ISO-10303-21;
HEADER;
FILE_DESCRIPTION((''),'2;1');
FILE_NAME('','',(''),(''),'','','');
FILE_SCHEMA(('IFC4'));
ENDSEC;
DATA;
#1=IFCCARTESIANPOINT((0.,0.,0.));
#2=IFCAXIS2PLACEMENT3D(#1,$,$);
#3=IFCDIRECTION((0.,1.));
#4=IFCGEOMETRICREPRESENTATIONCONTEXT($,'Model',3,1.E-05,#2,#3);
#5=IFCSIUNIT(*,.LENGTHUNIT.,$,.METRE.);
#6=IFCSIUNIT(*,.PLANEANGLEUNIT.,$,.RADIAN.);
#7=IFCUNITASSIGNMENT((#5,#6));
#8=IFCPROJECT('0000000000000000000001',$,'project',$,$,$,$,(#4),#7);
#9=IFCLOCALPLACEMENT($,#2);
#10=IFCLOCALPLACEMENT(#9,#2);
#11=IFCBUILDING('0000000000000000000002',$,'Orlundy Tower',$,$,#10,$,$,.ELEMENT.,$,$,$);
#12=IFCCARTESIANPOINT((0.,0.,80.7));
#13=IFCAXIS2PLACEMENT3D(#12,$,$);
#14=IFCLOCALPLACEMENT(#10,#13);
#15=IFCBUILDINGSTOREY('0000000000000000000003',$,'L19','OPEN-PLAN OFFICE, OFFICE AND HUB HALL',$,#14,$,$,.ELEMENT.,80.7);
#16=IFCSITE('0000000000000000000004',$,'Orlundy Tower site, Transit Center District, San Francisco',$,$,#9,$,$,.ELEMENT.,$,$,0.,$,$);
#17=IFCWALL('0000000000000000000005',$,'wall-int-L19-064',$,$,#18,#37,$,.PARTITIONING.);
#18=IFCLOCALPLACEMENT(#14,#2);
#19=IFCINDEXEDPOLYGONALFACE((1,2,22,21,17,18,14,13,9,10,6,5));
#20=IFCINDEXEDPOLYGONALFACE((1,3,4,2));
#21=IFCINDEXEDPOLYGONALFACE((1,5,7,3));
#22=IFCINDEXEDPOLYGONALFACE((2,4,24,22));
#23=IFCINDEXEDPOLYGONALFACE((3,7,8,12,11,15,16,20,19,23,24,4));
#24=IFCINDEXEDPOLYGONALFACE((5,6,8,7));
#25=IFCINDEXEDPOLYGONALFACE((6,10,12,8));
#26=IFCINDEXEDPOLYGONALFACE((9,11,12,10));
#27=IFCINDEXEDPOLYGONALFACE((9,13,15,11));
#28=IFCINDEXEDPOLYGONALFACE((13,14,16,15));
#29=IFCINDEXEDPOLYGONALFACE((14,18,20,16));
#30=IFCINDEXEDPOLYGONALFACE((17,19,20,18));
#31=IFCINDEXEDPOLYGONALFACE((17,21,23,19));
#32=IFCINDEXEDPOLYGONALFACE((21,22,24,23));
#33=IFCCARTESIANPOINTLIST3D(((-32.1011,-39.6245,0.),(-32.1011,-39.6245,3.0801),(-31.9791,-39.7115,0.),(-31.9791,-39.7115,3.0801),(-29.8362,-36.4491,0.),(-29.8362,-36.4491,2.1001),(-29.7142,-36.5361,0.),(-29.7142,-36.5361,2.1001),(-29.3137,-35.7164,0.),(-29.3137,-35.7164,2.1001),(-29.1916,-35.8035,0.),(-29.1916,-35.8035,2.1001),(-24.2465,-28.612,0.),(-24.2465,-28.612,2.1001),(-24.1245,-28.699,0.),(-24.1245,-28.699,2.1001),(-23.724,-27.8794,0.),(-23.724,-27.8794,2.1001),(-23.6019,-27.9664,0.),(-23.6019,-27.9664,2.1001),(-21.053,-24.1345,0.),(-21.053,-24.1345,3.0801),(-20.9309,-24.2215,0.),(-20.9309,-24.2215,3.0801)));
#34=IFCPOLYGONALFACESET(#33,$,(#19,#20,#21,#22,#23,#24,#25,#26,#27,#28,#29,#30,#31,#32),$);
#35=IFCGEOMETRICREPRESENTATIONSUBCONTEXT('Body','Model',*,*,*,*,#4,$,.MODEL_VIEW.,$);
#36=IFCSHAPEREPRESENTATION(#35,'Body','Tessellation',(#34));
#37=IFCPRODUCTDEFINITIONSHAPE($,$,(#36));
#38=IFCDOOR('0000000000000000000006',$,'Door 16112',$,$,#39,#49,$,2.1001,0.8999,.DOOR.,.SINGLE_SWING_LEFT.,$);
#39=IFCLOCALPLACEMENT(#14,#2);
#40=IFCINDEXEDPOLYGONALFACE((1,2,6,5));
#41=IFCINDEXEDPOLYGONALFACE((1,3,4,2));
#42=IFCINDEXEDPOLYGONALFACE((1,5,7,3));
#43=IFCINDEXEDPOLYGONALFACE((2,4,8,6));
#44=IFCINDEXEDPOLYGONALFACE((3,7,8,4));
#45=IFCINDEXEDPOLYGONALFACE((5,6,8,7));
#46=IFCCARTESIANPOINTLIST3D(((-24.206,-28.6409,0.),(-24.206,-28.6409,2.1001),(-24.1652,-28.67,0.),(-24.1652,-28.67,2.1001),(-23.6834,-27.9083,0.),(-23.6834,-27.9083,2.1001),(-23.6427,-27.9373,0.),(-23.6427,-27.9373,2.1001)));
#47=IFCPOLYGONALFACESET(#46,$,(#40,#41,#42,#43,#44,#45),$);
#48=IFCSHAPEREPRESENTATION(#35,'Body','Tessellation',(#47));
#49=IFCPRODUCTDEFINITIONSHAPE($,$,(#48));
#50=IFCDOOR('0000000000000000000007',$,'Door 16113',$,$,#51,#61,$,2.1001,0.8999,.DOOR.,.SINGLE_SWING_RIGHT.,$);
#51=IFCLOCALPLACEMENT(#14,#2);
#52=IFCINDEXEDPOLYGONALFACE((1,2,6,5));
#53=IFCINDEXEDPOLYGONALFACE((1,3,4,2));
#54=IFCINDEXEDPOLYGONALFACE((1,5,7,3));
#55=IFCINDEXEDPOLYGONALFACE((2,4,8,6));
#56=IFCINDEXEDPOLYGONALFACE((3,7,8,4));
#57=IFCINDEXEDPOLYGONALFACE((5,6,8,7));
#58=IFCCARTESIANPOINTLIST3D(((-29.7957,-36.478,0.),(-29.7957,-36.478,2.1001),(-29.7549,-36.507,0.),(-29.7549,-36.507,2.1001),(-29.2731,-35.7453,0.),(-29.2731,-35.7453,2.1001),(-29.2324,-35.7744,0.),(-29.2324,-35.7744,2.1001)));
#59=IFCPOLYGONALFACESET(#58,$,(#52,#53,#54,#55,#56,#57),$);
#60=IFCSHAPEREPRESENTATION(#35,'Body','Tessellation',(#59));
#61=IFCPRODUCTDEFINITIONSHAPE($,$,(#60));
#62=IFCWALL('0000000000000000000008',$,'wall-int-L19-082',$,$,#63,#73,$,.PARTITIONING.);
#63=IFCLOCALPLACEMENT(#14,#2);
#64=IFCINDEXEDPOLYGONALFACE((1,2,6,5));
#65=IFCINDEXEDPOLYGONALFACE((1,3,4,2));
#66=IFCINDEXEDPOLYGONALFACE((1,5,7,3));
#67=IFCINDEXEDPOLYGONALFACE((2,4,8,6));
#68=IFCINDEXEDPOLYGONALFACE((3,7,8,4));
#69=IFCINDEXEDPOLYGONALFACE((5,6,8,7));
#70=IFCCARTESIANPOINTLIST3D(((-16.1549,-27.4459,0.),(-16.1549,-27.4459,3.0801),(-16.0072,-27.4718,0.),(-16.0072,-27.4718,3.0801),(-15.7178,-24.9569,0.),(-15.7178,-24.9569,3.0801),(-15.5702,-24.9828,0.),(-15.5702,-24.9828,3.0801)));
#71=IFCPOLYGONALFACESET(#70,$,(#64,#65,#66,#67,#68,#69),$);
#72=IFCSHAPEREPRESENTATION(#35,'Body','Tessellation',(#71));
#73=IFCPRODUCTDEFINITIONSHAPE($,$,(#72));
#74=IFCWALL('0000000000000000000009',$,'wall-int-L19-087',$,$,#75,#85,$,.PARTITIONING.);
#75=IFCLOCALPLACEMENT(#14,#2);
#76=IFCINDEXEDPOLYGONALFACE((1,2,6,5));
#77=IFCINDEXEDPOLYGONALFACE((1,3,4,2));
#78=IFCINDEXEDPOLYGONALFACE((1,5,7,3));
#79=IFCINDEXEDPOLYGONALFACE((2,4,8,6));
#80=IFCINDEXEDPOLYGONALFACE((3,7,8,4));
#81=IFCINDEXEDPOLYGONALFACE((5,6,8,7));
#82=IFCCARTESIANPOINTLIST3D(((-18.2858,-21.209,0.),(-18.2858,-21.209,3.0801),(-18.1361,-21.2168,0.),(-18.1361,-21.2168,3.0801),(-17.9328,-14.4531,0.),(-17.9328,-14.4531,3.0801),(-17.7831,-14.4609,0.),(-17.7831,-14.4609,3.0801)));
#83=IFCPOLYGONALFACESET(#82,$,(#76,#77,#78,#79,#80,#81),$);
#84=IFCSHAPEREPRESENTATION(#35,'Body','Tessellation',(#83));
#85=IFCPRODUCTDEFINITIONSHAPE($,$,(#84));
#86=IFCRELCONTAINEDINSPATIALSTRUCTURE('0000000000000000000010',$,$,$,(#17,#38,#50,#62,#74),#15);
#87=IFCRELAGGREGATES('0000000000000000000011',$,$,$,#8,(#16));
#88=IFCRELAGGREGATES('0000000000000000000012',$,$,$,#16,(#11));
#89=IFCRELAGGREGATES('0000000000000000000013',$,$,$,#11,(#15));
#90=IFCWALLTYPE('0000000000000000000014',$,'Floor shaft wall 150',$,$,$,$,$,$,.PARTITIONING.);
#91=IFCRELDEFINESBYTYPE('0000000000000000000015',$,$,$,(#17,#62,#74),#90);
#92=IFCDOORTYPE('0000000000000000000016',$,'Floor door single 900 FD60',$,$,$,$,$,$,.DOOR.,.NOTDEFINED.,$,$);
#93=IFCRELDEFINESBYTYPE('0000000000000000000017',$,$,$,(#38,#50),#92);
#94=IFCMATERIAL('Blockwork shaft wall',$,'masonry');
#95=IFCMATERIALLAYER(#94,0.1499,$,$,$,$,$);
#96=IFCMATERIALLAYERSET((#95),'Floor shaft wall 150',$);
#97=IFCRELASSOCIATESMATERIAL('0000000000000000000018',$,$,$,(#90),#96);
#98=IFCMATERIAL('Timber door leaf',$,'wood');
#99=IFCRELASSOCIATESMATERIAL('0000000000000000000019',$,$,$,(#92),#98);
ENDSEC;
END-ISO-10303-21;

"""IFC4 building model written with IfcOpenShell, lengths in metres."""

from ifc_helpers import new_model, si_unit, direction, frame, frame_2d, origin, place, context, subcontext, project, spatial, rectangle, extrude, material, layer, layer_set, type_object, element, fill, save


model = new_model("IFC4")

# Units and contexts
model_context = context("Model", 3, precision=1e-05, world=origin(), true_north=direction((0.0, 1.0)))
body_context = subcontext(model_context, "Body", "Model", "MODEL_VIEW")
ifc_project = project(units=[si_unit("LENGTHUNIT", "METRE"), si_unit("PLANEANGLEUNIT", "RADIAN")], contexts=[model_context])

# Site, building, storey
site_placement = place(None, origin())
site = spatial("IfcSite", under=ifc_project, at=site_placement, Name="Orlundy Tower site, Transit Center District, San Francisco", CompositionType="ELEMENT", RefElevation=0.0)
building_placement = place(site_placement, origin())
building = spatial("IfcBuilding", under=site, at=building_placement, Name="Orlundy Tower", CompositionType="ELEMENT")
storey_placement = place(building_placement, frame((0.0, 0.0, 80.7)))
storey = spatial("IfcBuildingStorey", under=building, at=storey_placement, Name="L19", Description="OPEN-PLAN OFFICE, OFFICE AND HUB HALL", CompositionType="ELEMENT", Elevation=80.7)

# Shared definitions
ifc_material_1 = material(Name="Blockwork shaft wall", Category="masonry")
ifc_layer_1 = layer(ifc_material_1, 0.1499)
ifc_layer_set_1 = layer_set([ifc_layer_1], Name="Floor shaft wall 150")
wall_type_1 = type_object("IfcWallType", Name="Floor shaft wall 150", PredefinedType="PARTITIONING", material=ifc_layer_set_1)

# Wall, openings, doors
wall_1_placement = place(storey_placement, frame((-20.9919, -24.178, 0.0), z_axis=(0.0, 0.0, 1.0), x_axis=(-0.580675, -0.814136, 0.0)))
wall_1 = element("IfcWall", 1, at=wall_1_placement, inside=storey, type_object=wall_type_1, Name="wall-int-L19-064", PredefinedType="PARTITIONING", context=body_context, shape_type="SweptSolid", body=[
    extrude(rectangle(XDim=19.0264, YDim=0.1499, at=frame_2d((9.5132, 0.0))), origin(), (0.0, 0.0, 1.0), 3.0801),
])
opening_1_placement = place(wall_1_placement, frame((4.5999, 0.0, 0.0)))
opening_1 = element("IfcOpeningElement", 2, at=opening_1_placement, cuts=wall_1, PredefinedType="OPENING", context=body_context, shape_type="SweptSolid", body=[
    extrude(rectangle(XDim=0.8999, YDim=2.1001, at=frame_2d((0.45, 1.05))), frame((0.0, 0.085, 0.0), z_axis=(0.0, -1.0, 0.0), x_axis=(1.0, 0.0, 0.0)), (0.0, 0.0, 1.0), 0.1699),
])
opening_2_placement = place(wall_1_placement, frame((14.2261, 0.0, 0.0)))
opening_2 = element("IfcOpeningElement", 3, at=opening_2_placement, cuts=wall_1, PredefinedType="OPENING", context=body_context, shape_type="SweptSolid", body=[
    extrude(rectangle(XDim=0.8999, YDim=2.1001, at=frame_2d((0.45, 1.05))), frame((0.0, 0.085, 0.0), z_axis=(0.0, -1.0, 0.0), x_axis=(1.0, 0.0, 0.0)), (0.0, 0.0, 1.0), 0.1699),
])
ifc_material_2 = material(Name="Timber door leaf", Category="wood")
door_type = type_object("IfcDoorType", Name="Floor door single 900 FD60", OperationType="NOTDEFINED", PredefinedType="DOOR", material=ifc_material_2)
door_1_placement = place(opening_1_placement, origin())
door_1 = element("IfcDoor", 4, at=door_1_placement, inside=storey, type_object=door_type, Name="Door 16112", OperationType="SINGLE_SWING_LEFT", OverallHeight=2.1001, OverallWidth=0.8999, PredefinedType="DOOR", context=body_context, shape_type="SweptSolid", body=[
    extrude(rectangle(XDim=0.8999, YDim=2.1001, at=frame_2d((0.45, 1.05))), frame((0.0, 0.0249, 0.0), z_axis=(0.0, -1.0, 0.0), x_axis=(1.0, 0.0, 0.0)), (0.0, 0.0, 1.0), 0.05),
])
fill(opening_1, door_1)
door_2_placement = place(opening_2_placement, origin())
door_2 = element("IfcDoor", 5, at=door_2_placement, inside=storey, type_object=door_type, Name="Door 16113", OperationType="SINGLE_SWING_RIGHT", OverallHeight=2.1001, OverallWidth=0.8999, PredefinedType="DOOR", context=body_context, shape_type="SweptSolid", body=[
    extrude(rectangle(XDim=0.8999, YDim=2.1001, at=frame_2d((0.45, 1.05))), frame((0.0, 0.0249, 0.0), z_axis=(0.0, -1.0, 0.0), x_axis=(1.0, 0.0, 0.0)), (0.0, 0.0, 1.0), 0.05),
])
fill(opening_2, door_2)

# Walls
wall_2_placement = place(storey_placement, frame((-16.0811, -27.459, 0.0), z_axis=(0.0, 0.0, 1.0), x_axis=(0.172931, 0.984934, 0.0)))
element("IfcWall", 6, at=wall_2_placement, inside=storey, type_object=wall_type_1, Name="wall-int-L19-082", PredefinedType="PARTITIONING", context=body_context, shape_type="SweptSolid", body=[
    extrude(rectangle(XDim=2.5271, YDim=0.1499, at=frame_2d((1.2637, 0.0))), origin(), (0.0, 0.0, 1.0), 3.0801),
])
wall_3_placement = place(storey_placement, frame((-18.2109, -21.2129, 0.0), z_axis=(0.0, 0.0, 1.0), x_axis=(0.052184, 0.998637, 0.0)))
element("IfcWall", 7, at=wall_3_placement, inside=storey, type_object=wall_type_1, Name="wall-int-L19-087", PredefinedType="PARTITIONING", context=body_context, shape_type="SweptSolid", body=[
    extrude(rectangle(XDim=6.7651, YDim=0.1499, at=frame_2d((3.3826, 0.0))), origin(), (0.0, 0.0, 1.0), 3.0801),
])

save(model, "model.ifc")
